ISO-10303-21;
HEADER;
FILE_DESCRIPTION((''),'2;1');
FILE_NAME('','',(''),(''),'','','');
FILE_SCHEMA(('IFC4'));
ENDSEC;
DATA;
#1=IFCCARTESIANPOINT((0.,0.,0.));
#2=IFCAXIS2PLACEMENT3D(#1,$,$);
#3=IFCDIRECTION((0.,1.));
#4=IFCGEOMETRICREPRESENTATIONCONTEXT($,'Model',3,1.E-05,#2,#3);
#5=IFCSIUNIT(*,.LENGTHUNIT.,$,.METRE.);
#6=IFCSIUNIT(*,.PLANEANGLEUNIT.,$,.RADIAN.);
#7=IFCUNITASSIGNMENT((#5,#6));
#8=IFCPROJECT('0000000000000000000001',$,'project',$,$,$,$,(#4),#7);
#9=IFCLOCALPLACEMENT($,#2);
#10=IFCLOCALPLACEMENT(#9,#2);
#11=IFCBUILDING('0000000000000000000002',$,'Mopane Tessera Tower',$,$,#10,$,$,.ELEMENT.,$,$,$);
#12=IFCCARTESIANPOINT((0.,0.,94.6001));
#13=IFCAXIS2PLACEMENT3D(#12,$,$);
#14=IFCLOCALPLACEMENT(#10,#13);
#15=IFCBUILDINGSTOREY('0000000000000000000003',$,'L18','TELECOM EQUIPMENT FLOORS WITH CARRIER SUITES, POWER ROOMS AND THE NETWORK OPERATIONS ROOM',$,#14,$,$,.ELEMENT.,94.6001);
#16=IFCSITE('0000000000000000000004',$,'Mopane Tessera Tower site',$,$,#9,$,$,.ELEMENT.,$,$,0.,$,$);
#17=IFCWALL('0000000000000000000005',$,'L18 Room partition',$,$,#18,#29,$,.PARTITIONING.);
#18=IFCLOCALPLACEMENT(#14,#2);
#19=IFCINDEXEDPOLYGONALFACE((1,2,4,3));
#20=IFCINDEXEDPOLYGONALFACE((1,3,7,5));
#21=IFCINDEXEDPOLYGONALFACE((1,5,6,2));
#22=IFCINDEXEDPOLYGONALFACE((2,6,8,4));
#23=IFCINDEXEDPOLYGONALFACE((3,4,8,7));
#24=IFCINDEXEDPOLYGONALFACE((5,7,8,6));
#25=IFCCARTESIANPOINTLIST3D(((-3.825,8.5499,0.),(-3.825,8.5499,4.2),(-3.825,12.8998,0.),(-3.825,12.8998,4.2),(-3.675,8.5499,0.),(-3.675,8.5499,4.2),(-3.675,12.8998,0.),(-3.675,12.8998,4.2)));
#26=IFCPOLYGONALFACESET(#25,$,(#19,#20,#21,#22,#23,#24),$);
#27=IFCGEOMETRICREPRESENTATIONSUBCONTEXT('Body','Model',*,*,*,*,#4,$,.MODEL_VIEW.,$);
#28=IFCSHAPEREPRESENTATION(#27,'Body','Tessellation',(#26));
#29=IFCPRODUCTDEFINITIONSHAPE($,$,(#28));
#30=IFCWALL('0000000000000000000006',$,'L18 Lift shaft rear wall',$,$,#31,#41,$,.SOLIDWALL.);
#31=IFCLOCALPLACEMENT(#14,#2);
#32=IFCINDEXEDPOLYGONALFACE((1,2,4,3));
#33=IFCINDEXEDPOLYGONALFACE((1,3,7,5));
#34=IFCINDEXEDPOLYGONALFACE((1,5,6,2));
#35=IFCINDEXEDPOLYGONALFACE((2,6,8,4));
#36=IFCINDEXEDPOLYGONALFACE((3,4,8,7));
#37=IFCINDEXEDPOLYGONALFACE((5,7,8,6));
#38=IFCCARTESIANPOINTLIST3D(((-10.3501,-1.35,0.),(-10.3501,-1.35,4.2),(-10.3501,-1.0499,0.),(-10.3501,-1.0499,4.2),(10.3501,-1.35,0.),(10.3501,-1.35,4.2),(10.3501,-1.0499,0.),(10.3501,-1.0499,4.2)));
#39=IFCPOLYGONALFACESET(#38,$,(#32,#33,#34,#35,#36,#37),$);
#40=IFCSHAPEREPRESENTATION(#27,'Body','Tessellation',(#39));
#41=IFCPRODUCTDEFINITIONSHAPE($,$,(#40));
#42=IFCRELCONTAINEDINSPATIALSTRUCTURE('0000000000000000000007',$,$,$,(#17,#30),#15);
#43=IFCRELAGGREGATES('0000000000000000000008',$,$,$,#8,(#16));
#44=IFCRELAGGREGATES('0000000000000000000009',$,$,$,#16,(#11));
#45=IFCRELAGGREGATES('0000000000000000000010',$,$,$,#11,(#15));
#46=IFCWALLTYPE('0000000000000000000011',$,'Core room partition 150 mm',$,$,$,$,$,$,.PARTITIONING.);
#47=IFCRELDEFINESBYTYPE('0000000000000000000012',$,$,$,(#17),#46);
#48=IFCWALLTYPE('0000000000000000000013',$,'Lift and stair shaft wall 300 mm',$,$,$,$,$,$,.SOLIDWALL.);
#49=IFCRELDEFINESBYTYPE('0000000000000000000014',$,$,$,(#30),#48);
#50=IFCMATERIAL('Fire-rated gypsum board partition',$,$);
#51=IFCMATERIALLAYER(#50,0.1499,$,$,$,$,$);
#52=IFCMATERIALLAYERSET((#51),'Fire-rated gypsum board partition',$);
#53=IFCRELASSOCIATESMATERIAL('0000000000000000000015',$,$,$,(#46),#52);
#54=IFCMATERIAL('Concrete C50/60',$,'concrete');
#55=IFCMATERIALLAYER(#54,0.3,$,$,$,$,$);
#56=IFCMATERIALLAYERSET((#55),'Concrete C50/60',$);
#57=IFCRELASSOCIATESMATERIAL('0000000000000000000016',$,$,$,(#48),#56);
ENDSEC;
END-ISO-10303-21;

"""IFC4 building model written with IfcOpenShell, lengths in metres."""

from ifc_helpers import new_model, si_unit, direction, frame, frame_2d, origin, place, context, subcontext, project, spatial, rectangle, extrude, material, layer, layer_set, type_object, element, save


model = new_model("IFC4")

# Units and contexts
model_context = context("Model", 3, precision=1e-05, world=origin(), true_north=direction((0.0, 1.0)))
body_context = subcontext(model_context, "Body", "Model", "MODEL_VIEW")
ifc_project = project(units=[si_unit("LENGTHUNIT", "METRE"), si_unit("PLANEANGLEUNIT", "RADIAN")], contexts=[model_context])

# Site, building, storey
site_placement = place(None, origin())
site = spatial("IfcSite", under=ifc_project, at=site_placement, Name="Mopane Tessera Tower site", CompositionType="ELEMENT", RefElevation=0.0)
building_placement = place(site_placement, origin())
building = spatial("IfcBuilding", under=site, at=building_placement, Name="Mopane Tessera Tower", CompositionType="ELEMENT")
storey_placement = place(building_placement, frame((0.0, 0.0, 94.6001)))
storey = spatial("IfcBuildingStorey", under=building, at=storey_placement, Name="L18", Description="TELECOM EQUIPMENT FLOORS WITH CARRIER SUITES, POWER ROOMS AND THE NETWORK OPERATIONS ROOM", CompositionType="ELEMENT", Elevation=94.6001)

# Walls
ifc_material_1 = material(Name="Fire-rated gypsum board partition")
ifc_layer_1 = layer(ifc_material_1, 0.1499)
ifc_layer_set_1 = layer_set([ifc_layer_1], Name="Fire-rated gypsum board partition")
wall_type_1 = type_object("IfcWallType", Name="Core room partition 150 mm", PredefinedType="PARTITIONING", material=ifc_layer_set_1)
wall_1_placement = place(storey_placement, frame((-3.75, 8.55, 0.0), z_axis=(0.0, 0.0, 1.0), x_axis=(0.0, 1.0, 0.0)))
element("IfcWall", 1, at=wall_1_placement, inside=storey, type_object=wall_type_1, Name="L18 Room partition", PredefinedType="PARTITIONING", context=body_context, shape_type="SweptSolid", body=[
    extrude(rectangle(XDim=4.3499, YDim=0.1499, at=frame_2d((2.1748, 0.0))), origin(), (0.0, 0.0, 1.0), 4.2),
])
ifc_material_2 = material(Name="Concrete C50/60", Category="concrete")
ifc_layer_2 = layer(ifc_material_2, 0.3)
ifc_layer_set_2 = layer_set([ifc_layer_2], Name="Concrete C50/60")
wall_type_2 = type_object("IfcWallType", Name="Lift and stair shaft wall 300 mm", PredefinedType="SOLIDWALL", material=ifc_layer_set_2)
wall_2_placement = place(storey_placement, frame((-10.3501, -1.2, 0.0), z_axis=(0.0, 0.0, 1.0), x_axis=(1.0, 0.0, 0.0)))
element("IfcWall", 2, at=wall_2_placement, inside=storey, type_object=wall_type_2, Name="L18 Lift shaft rear wall", PredefinedType="SOLIDWALL", context=body_context, shape_type="SweptSolid", body=[
    extrude(rectangle(XDim=20.7002, YDim=0.3, at=frame_2d((10.3501, 0.0))), origin(), (0.0, 0.0, 1.0), 4.2),
])

save(model, "model.ifc")
